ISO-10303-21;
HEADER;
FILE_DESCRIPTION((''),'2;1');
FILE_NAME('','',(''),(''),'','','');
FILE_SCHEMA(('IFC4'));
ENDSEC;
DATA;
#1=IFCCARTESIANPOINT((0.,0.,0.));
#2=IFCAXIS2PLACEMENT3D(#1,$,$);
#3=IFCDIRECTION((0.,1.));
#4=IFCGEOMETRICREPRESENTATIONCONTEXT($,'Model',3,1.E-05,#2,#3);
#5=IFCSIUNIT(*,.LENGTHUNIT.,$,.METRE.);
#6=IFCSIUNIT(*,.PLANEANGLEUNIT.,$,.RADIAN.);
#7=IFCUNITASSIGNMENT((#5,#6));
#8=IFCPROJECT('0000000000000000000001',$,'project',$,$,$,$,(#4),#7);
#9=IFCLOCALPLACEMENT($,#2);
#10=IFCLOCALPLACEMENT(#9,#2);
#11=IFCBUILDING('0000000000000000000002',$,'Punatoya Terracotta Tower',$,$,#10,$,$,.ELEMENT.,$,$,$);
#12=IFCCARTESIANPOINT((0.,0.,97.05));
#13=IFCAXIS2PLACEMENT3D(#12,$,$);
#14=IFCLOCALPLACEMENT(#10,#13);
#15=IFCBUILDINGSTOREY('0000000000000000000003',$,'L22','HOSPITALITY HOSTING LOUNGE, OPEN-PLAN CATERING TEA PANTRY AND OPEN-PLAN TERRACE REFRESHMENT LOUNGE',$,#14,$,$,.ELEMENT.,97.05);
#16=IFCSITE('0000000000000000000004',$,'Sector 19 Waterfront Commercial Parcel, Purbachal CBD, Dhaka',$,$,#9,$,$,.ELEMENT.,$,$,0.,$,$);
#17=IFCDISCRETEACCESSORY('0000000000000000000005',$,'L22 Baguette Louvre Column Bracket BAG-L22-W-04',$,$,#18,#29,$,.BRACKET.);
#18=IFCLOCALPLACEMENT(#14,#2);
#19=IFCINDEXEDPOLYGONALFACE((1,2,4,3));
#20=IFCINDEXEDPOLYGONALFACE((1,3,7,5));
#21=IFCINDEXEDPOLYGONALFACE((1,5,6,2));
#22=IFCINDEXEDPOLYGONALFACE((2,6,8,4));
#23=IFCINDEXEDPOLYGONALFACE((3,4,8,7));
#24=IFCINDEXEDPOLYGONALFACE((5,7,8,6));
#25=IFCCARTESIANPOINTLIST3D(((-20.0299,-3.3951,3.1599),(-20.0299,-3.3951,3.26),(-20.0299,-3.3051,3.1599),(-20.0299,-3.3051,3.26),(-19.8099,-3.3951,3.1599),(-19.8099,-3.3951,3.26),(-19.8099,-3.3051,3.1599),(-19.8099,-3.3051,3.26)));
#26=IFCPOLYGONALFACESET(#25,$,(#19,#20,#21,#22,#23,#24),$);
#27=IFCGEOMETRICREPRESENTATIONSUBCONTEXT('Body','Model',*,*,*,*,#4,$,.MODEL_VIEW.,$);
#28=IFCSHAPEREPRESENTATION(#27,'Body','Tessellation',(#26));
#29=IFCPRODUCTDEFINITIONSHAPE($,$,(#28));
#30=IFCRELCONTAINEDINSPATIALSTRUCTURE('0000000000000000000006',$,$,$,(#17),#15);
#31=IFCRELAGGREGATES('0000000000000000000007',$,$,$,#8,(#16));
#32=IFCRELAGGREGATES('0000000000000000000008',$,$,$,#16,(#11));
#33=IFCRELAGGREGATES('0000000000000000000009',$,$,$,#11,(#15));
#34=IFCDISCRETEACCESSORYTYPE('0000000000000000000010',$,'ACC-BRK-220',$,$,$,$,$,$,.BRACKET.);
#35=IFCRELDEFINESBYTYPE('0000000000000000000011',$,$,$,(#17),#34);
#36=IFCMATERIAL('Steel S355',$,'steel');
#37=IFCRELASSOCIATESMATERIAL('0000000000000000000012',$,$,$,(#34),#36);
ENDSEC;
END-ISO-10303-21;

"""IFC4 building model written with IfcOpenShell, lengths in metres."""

from ifc_helpers import new_model, si_unit, direction, frame, origin, origin_2d, place, context, subcontext, project, spatial, rectangle, extrude, material, type_object, element, save


model = new_model("IFC4")

# Units and contexts
model_context = context("Model", 3, precision=1e-05, world=origin(), true_north=direction((0.0, 1.0)))
body_context = subcontext(model_context, "Body", "Model", "MODEL_VIEW")
ifc_project = project(units=[si_unit("LENGTHUNIT", "METRE"), si_unit("PLANEANGLEUNIT", "RADIAN")], contexts=[model_context])

# Site, building, storey
site_placement = place(None, origin())
site = spatial("IfcSite", under=ifc_project, at=site_placement, Name="Sector 19 Waterfront Commercial Parcel, Purbachal CBD, Dhaka", CompositionType="ELEMENT", RefElevation=0.0)
building_placement = place(site_placement, origin())
building = spatial("IfcBuilding", under=site, at=building_placement, Name="Punatoya Terracotta Tower", CompositionType="ELEMENT")
storey_placement = place(building_placement, frame((0.0, 0.0, 97.05)))
storey = spatial("IfcBuildingStorey", under=building, at=storey_placement, Name="L22", Description="HOSPITALITY HOSTING LOUNGE, OPEN-PLAN CATERING TEA PANTRY AND OPEN-PLAN TERRACE REFRESHMENT LOUNGE", CompositionType="ELEMENT", Elevation=97.05)

# Shared definitions
ifc_material_1 = material(Name="Steel S355", Category="steel")

# Discrete accessory
discrete_accessory_type = type_object("IfcDiscreteAccessoryType", Name="ACC-BRK-220", PredefinedType="BRACKET", material=ifc_material_1)
for number, where, z_axis, x_axis, name in (
    (1, (-19.9199, -3.3501, 3.1599), (0.0, 0.0, 1.0), (0.0, 1.0, 0.0), "L22 Baguette Louvre Column Bracket BAG-L22-W-04"),
):
    element("IfcDiscreteAccessory", number, at=place(storey_placement, frame(where, z_axis=z_axis, x_axis=x_axis)), inside=storey, type_object=discrete_accessory_type, Name=name, PredefinedType="BRACKET", context=body_context, shape_type="SweptSolid", body=[
        extrude(rectangle(XDim=0.0901, YDim=0.22, at=origin_2d()), origin(), (0.0, 0.0, 1.0), 0.1001),
    ])

save(model, "model.ifc")
